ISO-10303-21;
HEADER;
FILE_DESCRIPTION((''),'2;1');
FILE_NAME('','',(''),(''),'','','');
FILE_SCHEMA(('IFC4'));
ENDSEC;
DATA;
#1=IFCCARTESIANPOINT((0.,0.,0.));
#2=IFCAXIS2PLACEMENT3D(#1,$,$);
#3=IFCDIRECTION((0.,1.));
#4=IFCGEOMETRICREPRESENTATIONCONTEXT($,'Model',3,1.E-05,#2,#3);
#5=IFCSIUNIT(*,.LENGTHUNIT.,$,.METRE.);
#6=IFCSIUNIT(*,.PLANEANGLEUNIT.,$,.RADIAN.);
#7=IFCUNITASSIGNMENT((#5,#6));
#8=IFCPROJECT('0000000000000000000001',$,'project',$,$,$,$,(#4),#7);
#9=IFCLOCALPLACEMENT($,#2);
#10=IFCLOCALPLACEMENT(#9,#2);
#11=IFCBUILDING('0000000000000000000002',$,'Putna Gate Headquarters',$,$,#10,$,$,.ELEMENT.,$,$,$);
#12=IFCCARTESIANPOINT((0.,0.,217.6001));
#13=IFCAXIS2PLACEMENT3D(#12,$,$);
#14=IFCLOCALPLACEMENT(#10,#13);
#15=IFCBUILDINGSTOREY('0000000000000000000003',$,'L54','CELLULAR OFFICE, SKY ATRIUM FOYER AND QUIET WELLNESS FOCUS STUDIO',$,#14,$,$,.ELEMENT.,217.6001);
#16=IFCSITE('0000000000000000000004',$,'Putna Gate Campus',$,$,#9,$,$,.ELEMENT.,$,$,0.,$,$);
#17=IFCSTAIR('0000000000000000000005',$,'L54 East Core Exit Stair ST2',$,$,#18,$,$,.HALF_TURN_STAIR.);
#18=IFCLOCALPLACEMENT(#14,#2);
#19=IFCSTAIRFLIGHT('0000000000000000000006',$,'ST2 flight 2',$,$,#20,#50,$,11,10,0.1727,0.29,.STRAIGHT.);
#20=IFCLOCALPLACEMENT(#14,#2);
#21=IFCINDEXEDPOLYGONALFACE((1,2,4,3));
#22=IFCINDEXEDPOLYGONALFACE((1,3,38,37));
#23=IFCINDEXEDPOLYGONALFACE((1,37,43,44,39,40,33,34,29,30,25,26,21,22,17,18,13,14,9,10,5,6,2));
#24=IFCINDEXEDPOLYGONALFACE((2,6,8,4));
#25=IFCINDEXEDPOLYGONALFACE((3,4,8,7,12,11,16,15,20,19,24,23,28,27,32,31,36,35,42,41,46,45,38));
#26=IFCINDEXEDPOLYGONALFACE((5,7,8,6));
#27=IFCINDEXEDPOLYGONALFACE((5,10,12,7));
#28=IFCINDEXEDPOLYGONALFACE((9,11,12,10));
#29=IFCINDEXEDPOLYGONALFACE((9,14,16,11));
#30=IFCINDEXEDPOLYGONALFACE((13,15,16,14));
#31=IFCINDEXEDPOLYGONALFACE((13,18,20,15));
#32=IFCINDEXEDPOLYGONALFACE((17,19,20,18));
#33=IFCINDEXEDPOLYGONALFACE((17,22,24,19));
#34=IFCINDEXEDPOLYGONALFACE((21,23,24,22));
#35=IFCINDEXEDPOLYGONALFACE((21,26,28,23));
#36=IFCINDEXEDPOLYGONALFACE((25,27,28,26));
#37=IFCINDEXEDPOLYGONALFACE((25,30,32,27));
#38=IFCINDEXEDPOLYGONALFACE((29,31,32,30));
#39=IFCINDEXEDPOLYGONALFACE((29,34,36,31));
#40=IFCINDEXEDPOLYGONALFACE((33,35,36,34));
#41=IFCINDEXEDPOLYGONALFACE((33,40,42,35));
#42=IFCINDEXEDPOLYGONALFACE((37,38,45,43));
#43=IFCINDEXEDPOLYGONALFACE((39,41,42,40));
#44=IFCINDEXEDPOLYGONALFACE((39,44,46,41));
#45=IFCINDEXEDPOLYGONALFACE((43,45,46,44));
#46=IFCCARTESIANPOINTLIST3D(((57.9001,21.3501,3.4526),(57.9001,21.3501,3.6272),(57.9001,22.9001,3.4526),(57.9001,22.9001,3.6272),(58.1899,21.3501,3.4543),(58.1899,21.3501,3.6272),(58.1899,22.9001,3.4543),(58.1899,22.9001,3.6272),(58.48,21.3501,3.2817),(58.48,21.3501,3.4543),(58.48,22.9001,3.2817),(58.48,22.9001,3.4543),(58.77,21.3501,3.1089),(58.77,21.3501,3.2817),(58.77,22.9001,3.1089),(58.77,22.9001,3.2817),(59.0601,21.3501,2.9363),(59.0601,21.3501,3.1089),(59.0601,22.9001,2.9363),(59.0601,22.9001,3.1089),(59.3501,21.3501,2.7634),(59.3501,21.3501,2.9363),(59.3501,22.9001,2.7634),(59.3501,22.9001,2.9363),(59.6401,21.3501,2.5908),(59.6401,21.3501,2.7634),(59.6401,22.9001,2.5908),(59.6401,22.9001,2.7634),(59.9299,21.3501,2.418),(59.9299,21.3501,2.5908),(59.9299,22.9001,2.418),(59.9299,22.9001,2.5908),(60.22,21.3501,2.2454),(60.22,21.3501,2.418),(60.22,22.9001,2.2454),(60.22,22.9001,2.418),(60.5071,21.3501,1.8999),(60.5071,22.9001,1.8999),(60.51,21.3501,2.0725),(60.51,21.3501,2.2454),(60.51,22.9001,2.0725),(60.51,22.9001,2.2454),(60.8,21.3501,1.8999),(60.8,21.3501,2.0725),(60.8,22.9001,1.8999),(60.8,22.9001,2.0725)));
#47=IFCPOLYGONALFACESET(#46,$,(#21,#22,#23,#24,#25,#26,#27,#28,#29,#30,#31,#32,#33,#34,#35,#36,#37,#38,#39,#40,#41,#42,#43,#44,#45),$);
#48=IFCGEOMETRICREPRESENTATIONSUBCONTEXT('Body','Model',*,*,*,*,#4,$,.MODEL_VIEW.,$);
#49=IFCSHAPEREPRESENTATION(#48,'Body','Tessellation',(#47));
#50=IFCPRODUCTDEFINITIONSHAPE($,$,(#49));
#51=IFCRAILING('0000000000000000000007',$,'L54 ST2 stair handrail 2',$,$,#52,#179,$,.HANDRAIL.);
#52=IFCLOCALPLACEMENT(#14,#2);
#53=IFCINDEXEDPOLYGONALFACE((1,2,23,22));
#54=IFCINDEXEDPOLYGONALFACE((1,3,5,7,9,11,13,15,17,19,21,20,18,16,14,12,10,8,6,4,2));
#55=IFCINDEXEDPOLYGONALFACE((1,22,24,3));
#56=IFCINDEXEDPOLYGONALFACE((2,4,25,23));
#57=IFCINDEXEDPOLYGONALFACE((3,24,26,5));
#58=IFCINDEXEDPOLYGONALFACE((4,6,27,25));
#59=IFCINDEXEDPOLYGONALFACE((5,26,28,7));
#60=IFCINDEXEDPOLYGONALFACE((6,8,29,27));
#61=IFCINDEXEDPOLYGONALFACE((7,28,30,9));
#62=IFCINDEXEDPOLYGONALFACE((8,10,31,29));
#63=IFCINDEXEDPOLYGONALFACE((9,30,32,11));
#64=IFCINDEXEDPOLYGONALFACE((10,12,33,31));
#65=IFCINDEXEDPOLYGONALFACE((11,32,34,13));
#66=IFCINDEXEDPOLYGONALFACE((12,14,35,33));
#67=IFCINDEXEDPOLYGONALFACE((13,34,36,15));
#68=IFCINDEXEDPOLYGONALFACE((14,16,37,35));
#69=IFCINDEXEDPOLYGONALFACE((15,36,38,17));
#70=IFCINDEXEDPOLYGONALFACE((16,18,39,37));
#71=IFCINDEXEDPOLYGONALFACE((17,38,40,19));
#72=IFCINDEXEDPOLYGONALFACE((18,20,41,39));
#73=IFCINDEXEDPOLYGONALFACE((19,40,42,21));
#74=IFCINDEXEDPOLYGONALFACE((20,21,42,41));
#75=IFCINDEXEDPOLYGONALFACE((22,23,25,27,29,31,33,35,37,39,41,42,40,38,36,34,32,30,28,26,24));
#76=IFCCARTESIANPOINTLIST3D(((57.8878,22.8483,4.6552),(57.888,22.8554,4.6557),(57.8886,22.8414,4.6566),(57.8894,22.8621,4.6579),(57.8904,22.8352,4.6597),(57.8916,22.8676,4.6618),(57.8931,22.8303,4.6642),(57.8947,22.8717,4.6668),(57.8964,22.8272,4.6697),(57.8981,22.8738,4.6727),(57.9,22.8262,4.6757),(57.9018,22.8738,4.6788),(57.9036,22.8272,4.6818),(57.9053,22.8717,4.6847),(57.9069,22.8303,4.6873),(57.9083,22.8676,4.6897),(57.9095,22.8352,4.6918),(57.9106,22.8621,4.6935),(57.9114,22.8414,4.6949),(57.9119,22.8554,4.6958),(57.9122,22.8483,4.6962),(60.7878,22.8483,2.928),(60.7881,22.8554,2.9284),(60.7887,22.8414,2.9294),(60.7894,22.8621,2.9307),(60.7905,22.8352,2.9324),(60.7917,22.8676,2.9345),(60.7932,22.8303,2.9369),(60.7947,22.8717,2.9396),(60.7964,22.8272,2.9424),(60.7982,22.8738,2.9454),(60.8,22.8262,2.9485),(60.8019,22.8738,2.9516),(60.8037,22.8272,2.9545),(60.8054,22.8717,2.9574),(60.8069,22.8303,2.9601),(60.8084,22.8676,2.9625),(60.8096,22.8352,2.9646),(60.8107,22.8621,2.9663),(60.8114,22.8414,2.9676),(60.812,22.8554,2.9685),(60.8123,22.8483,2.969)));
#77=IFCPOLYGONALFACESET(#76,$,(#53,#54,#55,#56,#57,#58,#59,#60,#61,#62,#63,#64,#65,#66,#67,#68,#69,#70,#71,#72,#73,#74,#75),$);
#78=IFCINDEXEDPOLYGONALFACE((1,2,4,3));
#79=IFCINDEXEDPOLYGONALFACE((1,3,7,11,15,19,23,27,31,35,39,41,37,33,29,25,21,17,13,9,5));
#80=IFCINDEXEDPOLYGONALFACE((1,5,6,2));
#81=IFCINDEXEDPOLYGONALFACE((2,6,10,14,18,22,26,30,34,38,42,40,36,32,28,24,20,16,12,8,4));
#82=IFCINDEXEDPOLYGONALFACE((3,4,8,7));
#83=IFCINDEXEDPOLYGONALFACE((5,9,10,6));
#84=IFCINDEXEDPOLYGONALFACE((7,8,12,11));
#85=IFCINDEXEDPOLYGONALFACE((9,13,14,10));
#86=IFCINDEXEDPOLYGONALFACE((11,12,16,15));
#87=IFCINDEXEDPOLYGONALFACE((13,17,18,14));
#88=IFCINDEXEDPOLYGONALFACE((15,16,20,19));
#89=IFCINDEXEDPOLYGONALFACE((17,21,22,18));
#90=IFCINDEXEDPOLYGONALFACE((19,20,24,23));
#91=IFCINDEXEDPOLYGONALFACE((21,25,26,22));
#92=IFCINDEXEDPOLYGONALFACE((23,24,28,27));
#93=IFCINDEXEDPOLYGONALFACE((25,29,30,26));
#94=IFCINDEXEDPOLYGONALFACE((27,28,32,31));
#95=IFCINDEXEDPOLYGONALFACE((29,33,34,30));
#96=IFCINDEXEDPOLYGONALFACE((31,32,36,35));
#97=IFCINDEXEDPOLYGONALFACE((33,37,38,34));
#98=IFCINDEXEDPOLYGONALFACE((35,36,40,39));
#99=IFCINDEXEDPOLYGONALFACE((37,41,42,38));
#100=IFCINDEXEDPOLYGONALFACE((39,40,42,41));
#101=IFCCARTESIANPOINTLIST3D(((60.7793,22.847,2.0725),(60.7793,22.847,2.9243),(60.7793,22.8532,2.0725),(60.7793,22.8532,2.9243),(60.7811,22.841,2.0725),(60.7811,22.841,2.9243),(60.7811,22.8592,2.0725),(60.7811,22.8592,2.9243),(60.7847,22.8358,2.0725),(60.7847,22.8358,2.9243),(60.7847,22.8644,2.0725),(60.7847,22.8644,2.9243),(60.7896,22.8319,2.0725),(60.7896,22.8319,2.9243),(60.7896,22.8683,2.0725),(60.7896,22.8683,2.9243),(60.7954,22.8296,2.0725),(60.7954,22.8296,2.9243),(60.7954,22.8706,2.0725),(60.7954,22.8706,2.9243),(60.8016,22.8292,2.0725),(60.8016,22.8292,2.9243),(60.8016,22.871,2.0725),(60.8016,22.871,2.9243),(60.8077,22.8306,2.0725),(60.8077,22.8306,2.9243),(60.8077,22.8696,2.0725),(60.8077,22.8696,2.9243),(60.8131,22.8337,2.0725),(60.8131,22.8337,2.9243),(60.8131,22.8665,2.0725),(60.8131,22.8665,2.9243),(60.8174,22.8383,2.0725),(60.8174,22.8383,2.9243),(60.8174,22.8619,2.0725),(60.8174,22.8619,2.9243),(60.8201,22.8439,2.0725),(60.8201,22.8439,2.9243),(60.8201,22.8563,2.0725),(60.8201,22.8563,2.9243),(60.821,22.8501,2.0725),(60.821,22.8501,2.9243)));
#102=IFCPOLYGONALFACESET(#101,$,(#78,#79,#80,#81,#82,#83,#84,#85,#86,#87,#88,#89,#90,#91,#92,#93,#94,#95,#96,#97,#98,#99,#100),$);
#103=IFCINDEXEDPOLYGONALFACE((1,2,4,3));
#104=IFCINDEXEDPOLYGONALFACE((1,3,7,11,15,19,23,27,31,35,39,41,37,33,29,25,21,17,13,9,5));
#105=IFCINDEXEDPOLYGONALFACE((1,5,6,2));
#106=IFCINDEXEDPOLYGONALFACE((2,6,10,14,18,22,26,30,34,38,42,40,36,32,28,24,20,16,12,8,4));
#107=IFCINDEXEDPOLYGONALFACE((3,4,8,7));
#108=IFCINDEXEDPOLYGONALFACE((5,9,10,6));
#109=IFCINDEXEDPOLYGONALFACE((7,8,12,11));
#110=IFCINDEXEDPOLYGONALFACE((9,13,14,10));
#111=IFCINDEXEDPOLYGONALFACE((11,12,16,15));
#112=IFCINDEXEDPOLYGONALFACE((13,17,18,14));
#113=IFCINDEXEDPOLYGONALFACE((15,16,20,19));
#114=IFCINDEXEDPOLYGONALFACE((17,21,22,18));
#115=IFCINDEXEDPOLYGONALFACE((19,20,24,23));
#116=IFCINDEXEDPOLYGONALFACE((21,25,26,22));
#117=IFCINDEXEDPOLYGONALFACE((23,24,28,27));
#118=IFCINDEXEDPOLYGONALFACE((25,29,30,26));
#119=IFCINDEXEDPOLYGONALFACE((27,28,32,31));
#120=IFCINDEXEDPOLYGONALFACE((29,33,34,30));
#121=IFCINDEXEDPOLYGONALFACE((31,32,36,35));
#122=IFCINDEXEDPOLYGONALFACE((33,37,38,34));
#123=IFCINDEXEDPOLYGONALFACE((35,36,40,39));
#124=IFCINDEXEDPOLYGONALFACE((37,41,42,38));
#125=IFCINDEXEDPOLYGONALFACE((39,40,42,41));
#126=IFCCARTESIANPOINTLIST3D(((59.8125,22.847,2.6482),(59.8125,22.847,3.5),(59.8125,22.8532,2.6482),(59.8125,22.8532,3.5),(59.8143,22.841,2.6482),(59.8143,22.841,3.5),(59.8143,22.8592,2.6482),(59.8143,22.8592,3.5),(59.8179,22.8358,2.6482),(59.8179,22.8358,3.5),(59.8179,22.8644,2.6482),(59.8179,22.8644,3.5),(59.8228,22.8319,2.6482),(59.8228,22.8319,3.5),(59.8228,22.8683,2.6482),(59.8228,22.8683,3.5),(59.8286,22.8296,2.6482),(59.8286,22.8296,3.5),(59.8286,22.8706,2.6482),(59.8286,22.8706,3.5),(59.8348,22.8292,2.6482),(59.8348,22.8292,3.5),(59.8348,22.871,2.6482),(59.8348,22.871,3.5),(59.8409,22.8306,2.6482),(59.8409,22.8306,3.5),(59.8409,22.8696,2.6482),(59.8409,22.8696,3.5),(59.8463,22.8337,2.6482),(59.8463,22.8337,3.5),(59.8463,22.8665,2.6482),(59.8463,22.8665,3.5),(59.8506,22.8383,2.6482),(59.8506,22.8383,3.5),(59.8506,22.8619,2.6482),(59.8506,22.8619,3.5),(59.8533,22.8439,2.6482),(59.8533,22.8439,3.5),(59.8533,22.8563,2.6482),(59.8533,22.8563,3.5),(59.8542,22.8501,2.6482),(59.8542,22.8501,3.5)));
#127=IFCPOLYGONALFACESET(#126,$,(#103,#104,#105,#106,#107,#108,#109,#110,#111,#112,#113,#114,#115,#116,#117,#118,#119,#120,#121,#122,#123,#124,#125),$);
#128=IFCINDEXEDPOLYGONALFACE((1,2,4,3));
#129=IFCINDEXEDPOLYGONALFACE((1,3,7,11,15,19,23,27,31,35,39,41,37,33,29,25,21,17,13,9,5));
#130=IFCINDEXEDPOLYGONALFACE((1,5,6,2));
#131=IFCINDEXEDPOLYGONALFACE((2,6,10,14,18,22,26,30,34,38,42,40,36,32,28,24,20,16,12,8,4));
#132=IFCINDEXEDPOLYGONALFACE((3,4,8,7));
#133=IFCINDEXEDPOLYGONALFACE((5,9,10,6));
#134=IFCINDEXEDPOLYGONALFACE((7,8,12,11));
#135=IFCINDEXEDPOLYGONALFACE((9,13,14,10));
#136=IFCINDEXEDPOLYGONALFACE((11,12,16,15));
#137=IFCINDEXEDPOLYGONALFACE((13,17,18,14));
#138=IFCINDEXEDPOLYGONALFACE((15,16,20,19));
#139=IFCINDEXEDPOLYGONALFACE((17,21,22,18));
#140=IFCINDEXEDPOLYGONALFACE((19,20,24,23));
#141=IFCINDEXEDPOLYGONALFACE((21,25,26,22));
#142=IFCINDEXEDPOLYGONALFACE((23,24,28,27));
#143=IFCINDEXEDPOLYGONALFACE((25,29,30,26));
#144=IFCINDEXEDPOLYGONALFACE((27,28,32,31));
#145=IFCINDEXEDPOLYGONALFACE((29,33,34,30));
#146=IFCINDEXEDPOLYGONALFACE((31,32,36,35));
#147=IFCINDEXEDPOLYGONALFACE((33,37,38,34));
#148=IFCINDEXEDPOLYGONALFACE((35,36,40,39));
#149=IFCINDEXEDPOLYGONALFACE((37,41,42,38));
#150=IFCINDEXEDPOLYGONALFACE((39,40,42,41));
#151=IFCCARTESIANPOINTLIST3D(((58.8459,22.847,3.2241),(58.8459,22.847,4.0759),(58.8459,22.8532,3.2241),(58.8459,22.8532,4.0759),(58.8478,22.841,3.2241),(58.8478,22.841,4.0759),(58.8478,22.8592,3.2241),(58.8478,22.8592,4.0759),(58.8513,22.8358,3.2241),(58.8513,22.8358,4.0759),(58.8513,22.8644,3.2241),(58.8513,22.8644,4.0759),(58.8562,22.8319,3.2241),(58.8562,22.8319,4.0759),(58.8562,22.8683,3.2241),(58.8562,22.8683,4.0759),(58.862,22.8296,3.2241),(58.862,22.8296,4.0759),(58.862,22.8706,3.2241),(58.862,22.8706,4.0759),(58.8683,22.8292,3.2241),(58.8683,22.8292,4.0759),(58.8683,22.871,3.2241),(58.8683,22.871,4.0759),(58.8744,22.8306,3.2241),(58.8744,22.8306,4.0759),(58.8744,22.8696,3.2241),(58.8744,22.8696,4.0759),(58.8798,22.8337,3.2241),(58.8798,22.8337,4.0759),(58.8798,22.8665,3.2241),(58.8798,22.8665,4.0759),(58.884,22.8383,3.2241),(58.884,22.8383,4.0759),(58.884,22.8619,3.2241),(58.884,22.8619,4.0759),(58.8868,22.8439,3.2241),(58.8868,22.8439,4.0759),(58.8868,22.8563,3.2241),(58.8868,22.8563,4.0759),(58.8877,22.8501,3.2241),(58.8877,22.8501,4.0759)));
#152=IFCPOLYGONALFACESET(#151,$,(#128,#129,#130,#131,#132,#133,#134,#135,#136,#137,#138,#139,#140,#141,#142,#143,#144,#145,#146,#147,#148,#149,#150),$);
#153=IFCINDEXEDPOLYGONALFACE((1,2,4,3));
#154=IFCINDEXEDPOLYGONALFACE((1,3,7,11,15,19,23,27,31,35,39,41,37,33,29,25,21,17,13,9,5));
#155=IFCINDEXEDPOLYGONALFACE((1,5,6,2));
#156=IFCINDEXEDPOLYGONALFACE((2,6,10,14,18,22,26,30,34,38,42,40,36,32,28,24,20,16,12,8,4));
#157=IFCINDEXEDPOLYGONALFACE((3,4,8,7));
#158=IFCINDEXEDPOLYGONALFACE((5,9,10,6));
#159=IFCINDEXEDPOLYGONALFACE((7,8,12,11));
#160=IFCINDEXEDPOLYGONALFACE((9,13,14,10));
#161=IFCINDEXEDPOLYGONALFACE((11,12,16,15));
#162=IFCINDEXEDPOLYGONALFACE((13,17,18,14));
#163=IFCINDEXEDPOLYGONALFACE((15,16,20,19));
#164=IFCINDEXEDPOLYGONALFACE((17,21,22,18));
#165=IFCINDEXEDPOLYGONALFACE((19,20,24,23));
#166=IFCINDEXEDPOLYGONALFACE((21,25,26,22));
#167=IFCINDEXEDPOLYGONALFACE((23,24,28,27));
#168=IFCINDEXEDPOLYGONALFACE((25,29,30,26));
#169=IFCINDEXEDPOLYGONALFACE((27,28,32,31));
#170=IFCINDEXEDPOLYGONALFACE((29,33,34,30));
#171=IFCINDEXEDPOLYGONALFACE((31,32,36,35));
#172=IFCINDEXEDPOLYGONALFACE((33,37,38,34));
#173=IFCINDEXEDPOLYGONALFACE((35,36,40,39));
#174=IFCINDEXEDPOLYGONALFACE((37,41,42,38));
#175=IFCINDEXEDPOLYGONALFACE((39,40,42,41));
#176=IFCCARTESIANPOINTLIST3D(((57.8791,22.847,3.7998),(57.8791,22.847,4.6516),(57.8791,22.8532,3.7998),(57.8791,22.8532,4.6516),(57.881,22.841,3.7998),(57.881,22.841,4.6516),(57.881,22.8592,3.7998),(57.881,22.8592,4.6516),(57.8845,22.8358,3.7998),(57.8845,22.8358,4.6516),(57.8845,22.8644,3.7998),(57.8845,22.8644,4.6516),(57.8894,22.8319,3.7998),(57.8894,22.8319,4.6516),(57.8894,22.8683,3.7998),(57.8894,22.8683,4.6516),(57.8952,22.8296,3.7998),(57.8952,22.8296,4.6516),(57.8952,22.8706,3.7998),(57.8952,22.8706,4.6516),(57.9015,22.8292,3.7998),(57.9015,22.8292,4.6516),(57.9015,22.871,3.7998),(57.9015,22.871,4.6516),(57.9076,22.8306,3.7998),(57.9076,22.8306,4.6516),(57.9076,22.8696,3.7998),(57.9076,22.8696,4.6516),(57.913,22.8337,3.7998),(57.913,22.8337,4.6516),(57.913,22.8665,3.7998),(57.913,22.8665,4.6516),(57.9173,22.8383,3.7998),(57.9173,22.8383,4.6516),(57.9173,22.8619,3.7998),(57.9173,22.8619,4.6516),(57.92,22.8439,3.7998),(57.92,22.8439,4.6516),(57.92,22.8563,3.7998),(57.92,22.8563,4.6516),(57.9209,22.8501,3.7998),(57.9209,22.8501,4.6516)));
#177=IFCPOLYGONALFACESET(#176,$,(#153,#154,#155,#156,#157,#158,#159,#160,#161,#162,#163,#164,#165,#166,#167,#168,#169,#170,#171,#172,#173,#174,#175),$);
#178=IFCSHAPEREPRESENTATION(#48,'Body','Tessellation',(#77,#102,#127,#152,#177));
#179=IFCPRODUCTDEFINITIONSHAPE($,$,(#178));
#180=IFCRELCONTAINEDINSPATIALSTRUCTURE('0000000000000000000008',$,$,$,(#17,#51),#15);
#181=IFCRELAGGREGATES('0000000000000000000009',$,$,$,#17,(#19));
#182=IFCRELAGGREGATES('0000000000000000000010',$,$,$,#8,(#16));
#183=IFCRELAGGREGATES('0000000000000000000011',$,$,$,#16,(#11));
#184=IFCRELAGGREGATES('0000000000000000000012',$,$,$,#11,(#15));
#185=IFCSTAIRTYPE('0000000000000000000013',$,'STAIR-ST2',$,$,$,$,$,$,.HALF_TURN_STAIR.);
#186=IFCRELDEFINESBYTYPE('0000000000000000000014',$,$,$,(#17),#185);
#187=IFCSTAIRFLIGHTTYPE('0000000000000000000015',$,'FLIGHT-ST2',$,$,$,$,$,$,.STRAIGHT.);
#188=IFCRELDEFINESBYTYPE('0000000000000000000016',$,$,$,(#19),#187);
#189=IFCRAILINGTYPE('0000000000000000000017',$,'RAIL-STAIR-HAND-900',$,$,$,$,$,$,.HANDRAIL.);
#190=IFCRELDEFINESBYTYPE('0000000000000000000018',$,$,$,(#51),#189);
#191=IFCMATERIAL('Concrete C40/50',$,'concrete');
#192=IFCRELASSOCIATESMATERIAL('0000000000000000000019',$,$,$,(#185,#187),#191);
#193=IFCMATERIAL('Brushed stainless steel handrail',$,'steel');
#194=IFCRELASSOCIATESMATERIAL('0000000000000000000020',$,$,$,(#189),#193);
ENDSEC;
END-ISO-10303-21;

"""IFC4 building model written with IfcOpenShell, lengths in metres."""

from ifc_helpers import new_model, si_unit, direction, frame, origin, origin_2d, place, context, subcontext, project, spatial, polyline, circle, outline, extrude, material, type_object, element, aggregate, save


model = new_model("IFC4")

# Units and contexts
model_context = context("Model", 3, precision=1e-05, world=origin(), true_north=direction((0.0, 1.0)))
body_context = subcontext(model_context, "Body", "Model", "MODEL_VIEW")
ifc_project = project(units=[si_unit("LENGTHUNIT", "METRE"), si_unit("PLANEANGLEUNIT", "RADIAN")], contexts=[model_context])

# Site, building, storey
site_placement = place(None, origin())
site = spatial("IfcSite", under=ifc_project, at=site_placement, Name="Putna Gate Campus", CompositionType="ELEMENT", RefElevation=0.0)
building_placement = place(site_placement, origin())
building = spatial("IfcBuilding", under=site, at=building_placement, Name="Putna Gate Headquarters", CompositionType="ELEMENT")
storey_placement = place(building_placement, frame((0.0, 0.0, 217.6001)))
storey = spatial("IfcBuildingStorey", under=building, at=storey_placement, Name="L54", Description="CELLULAR OFFICE, SKY ATRIUM FOYER AND QUIET WELLNESS FOCUS STUDIO", CompositionType="ELEMENT", Elevation=217.6001)

# Shared definitions
ifc_material_1 = material(Name="Concrete C40/50", Category="concrete")

# Stair, stair flight
stair_type = type_object("IfcStairType", Name="STAIR-ST2", PredefinedType="HALF_TURN_STAIR", material=ifc_material_1)
stair_placement = place(storey_placement, origin())
stair = element("IfcStair", 1, at=stair_placement, inside=storey, type_object=stair_type, Name="L54 East Core Exit Stair ST2", PredefinedType="HALF_TURN_STAIR")
stair_flight_type = type_object("IfcStairFlightType", Name="FLIGHT-ST2", PredefinedType="STRAIGHT", material=ifc_material_1)
stair_flight_placement = place(storey_placement, frame((60.8, 22.125, 1.8999), z_axis=(0.0, 0.0, 1.0), x_axis=(-1.0, 0.0, 0.0)))
stair_flight = element("IfcStairFlight", 2, at=stair_flight_placement, type_object=stair_flight_type, Name="ST2 flight 2", NumberOfRisers=11, NumberOfTreads=10, PredefinedType="STRAIGHT", RiserHeight=0.1727, TreadLength=0.29, context=body_context, shape_type="SweptSolid", body=[
    extrude(outline(polyline([(0.0, 0.0), (0.0, 0.1726), (0.29, 0.1726), (0.29, 0.3455), (0.5801, 0.3455), (0.5801, 0.5181), (0.8701, 0.5181), (0.8701, 0.6909), (1.1599, 0.6909), (1.1599, 0.8635), (1.45, 0.8635), (1.45, 1.0364), (1.74, 1.0364), (1.74, 1.209), (2.03, 1.209), (2.03, 1.3818), (2.3201, 1.3818), (2.3201, 1.5544), (2.6101, 1.5544), (2.6101, 1.7273), (2.8999, 1.7273), (2.8999, 1.8999), (2.8999, 1.5527), (0.293, 0.0), (0.0, 0.0)])), frame((0.0, 0.7749, 0.0), z_axis=(0.0, -1.0, 0.0), x_axis=(1.0, 0.0, 0.0)), (0.0, 0.0, 1.0), 1.55),
])
aggregate(stair, [stair_flight])

# Railing
ifc_material_2 = material(Name="Brushed stainless steel handrail", Category="steel")
railing_type = type_object("IfcRailingType", Name="RAIL-STAIR-HAND-900", PredefinedType="HANDRAIL", material=ifc_material_2)
railing_placement = place(storey_placement, frame((60.8, 22.8501, 2.0725)))
element("IfcRailing", 3, at=railing_placement, inside=storey, type_object=railing_type, Name="L54 ST2 stair handrail 2", PredefinedType="HANDRAIL", context=body_context, shape_type="SweptSolid", body=[
    extrude(circle(Radius=0.0239, at=origin_2d()), frame((0.0, 0.0, 0.876), z_axis=(-0.85916, 0.0, 0.511706), x_axis=(0.0, -1.0, 0.0)), (0.0, 0.0, 1.0), 3.3755),
    extrude(circle(Radius=0.021, at=origin_2d()), origin(), (0.0, 0.0, 1.0), 0.8518),
    extrude(circle(Radius=0.021, at=origin_2d()), frame((-0.9668, 0.0, 0.5757)), (0.0, 0.0, 1.0), 0.8518),
    extrude(circle(Radius=0.021, at=origin_2d()), frame((-1.9333, 0.0, 1.1516)), (0.0, 0.0, 1.0), 0.8518),
    extrude(circle(Radius=0.021, at=origin_2d()), frame((-2.9001, 0.0, 1.7273)), (0.0, 0.0, 1.0), 0.8518),
])

save(model, "model.ifc")
